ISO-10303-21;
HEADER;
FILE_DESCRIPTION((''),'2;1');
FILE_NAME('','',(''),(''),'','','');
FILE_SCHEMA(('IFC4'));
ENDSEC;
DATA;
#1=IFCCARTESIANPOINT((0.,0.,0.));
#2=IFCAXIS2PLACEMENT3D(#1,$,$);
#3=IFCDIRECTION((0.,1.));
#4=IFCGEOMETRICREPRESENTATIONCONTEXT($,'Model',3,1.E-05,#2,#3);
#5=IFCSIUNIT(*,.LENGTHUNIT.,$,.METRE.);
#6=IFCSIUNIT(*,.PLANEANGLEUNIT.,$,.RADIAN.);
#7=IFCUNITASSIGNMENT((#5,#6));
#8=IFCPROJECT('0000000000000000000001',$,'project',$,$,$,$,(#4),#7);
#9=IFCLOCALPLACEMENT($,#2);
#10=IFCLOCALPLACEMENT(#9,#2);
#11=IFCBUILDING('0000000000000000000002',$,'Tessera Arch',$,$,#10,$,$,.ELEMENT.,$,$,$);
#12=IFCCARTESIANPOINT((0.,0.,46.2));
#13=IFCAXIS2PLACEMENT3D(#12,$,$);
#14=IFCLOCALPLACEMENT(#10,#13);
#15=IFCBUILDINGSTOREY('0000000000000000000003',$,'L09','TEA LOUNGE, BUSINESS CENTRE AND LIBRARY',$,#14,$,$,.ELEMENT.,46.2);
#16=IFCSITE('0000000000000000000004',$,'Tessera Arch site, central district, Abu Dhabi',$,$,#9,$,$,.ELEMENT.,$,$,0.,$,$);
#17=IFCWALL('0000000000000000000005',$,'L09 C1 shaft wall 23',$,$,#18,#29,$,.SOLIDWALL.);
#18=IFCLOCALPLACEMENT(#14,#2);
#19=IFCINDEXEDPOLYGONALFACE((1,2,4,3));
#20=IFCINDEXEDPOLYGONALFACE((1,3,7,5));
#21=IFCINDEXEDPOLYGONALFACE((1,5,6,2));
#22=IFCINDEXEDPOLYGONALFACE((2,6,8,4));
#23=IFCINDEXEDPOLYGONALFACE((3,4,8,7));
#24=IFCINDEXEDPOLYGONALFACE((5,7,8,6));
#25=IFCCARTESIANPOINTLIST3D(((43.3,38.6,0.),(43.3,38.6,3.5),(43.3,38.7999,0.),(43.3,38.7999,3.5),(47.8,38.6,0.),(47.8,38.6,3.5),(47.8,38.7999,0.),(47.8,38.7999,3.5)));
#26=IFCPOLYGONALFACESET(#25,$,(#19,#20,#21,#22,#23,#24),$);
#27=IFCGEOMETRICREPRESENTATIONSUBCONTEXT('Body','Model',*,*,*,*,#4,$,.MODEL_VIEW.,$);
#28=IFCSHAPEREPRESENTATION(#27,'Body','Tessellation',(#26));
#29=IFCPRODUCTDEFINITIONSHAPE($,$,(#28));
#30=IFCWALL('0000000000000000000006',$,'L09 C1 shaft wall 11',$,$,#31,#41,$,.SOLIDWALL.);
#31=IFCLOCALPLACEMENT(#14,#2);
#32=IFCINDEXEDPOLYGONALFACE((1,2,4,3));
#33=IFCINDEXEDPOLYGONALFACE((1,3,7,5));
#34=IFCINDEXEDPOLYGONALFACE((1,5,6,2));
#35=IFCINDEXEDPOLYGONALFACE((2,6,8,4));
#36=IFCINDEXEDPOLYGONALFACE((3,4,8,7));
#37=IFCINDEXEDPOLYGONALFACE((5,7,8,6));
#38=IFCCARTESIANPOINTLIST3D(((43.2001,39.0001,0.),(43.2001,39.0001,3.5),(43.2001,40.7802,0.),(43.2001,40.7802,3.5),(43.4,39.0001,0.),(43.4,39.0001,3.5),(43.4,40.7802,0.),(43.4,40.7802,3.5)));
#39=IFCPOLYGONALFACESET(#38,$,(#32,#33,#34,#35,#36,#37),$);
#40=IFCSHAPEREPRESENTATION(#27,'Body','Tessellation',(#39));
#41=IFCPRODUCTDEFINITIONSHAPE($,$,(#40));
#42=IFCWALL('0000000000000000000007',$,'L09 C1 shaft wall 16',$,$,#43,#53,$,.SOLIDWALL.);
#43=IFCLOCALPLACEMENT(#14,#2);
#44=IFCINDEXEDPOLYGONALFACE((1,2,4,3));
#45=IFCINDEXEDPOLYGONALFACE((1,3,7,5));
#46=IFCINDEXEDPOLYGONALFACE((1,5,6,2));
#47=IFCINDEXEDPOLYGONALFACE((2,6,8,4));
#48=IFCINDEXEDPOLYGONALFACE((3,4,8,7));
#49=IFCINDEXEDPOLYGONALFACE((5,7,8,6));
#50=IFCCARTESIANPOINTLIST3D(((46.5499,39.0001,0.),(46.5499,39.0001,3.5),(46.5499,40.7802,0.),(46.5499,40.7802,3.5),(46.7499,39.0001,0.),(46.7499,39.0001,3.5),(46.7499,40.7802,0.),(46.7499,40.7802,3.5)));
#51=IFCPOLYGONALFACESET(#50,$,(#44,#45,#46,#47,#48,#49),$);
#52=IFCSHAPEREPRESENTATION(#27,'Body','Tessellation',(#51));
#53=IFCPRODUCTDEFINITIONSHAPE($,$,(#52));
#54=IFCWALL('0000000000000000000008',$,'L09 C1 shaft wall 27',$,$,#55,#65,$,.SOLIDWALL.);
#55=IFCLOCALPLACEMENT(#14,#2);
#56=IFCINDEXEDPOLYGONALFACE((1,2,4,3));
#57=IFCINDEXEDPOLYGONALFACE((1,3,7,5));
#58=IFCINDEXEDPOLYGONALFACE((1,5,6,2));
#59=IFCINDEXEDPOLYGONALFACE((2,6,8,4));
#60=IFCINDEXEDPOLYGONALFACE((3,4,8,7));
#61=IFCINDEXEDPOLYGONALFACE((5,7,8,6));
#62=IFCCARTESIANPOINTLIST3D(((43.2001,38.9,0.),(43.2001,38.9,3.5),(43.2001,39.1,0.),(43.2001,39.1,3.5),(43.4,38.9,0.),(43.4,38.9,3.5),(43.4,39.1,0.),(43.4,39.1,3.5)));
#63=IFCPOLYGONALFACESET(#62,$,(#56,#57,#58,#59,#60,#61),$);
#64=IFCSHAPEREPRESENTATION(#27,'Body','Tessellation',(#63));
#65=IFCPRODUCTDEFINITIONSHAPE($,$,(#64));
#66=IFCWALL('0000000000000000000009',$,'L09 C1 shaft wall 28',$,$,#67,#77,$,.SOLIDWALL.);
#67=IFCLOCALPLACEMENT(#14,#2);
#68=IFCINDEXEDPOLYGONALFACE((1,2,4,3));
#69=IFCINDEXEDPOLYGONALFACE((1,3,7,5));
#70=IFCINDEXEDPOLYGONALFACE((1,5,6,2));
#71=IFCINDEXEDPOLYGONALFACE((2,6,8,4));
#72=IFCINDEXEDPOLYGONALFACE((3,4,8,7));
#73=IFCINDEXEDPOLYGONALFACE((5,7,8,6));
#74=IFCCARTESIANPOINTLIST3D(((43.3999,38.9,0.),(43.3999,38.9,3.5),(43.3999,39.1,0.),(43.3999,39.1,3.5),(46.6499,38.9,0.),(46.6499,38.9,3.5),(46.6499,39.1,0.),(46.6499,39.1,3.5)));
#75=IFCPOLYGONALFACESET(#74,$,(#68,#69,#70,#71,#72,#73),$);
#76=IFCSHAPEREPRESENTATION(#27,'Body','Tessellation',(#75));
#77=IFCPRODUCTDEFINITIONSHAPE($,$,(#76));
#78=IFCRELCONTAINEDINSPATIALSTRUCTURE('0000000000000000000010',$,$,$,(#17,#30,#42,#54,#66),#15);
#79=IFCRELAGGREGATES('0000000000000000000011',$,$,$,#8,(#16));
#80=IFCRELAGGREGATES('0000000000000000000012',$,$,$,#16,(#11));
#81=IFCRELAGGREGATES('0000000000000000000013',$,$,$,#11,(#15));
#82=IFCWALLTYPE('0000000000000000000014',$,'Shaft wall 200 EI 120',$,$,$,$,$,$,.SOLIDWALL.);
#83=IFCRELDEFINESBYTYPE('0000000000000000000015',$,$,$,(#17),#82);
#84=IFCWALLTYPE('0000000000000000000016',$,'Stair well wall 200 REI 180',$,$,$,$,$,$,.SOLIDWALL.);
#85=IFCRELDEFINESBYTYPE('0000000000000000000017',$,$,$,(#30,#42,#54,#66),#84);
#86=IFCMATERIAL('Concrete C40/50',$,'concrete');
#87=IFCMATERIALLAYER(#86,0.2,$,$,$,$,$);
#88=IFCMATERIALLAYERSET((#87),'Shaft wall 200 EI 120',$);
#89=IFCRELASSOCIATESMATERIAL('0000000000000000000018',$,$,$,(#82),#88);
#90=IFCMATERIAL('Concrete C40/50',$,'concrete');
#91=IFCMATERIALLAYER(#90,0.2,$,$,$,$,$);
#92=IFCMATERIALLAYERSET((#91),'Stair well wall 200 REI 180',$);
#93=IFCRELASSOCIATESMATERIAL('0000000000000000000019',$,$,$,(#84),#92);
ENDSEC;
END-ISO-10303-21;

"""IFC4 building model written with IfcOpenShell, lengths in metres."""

from ifc_helpers import new_model, si_unit, direction, frame, frame_2d, origin, place, context, subcontext, project, spatial, rectangle, extrude, material, layer, layer_set, type_object, element, save


model = new_model("IFC4")

# Units and contexts
model_context = context("Model", 3, precision=1e-05, world=origin(), true_north=direction((0.0, 1.0)))
body_context = subcontext(model_context, "Body", "Model", "MODEL_VIEW")
ifc_project = project(units=[si_unit("LENGTHUNIT", "METRE"), si_unit("PLANEANGLEUNIT", "RADIAN")], contexts=[model_context])

# Site, building, storey
site_placement = place(None, origin())
site = spatial("IfcSite", under=ifc_project, at=site_placement, Name="Tessera Arch site, central district, Abu Dhabi", CompositionType="ELEMENT", RefElevation=0.0)
building_placement = place(site_placement, origin())
building = spatial("IfcBuilding", under=site, at=building_placement, Name="Tessera Arch", CompositionType="ELEMENT")
storey_placement = place(building_placement, frame((0.0, 0.0, 46.2)))
storey = spatial("IfcBuildingStorey", under=building, at=storey_placement, Name="L09", Description="TEA LOUNGE, BUSINESS CENTRE AND LIBRARY", CompositionType="ELEMENT", Elevation=46.2)

# Walls
ifc_material_1 = material(Name="Concrete C40/50", Category="concrete")
ifc_layer_1 = layer(ifc_material_1, 0.2)
ifc_layer_set_1 = layer_set([ifc_layer_1], Name="Shaft wall 200 EI 120")
wall_type_1 = type_object("IfcWallType", Name="Shaft wall 200 EI 120", PredefinedType="SOLIDWALL", material=ifc_layer_set_1)
wall_1_placement = place(storey_placement, frame((43.3, 38.7, 0.0), z_axis=(0.0, 0.0, 1.0), x_axis=(1.0, 0.0, 0.0)))
element("IfcWall", 1, at=wall_1_placement, inside=storey, type_object=wall_type_1, Name="L09 C1 shaft wall 23", PredefinedType="SOLIDWALL", context=body_context, shape_type="SweptSolid", body=[
    extrude(rectangle(XDim=4.5, YDim=0.2, at=frame_2d((2.25, 0.0))), origin(), (0.0, 0.0, 1.0), 3.5),
])
ifc_material_2 = material(Name="Concrete C40/50", Category="concrete")
ifc_layer_2 = layer(ifc_material_2, 0.2)
ifc_layer_set_2 = layer_set([ifc_layer_2], Name="Stair well wall 200 REI 180")
wall_type_2 = type_object("IfcWallType", Name="Stair well wall 200 REI 180", PredefinedType="SOLIDWALL", material=ifc_layer_set_2)
for number, where, z_axis, x_axis, name in (
    (2, (43.3, 39.0, 0.0), (0.0, 0.0, 1.0), (0.0, 1.0, 0.0), "L09 C1 shaft wall 11"),
    (3, (46.6499, 39.0, 0.0), (0.0, 0.0, 1.0), (0.0, 1.0, 0.0), "L09 C1 shaft wall 16"),
):
    element("IfcWall", number, at=place(storey_placement, frame(where, z_axis=z_axis, x_axis=x_axis)), inside=storey, type_object=wall_type_2, Name=name, PredefinedType="SOLIDWALL", context=body_context, shape_type="SweptSolid", body=[
        extrude(rectangle(XDim=1.78, YDim=0.2, at=frame_2d((0.8901, 0.0))), origin(), (0.0, 0.0, 1.0), 3.5),
    ])
wall_2_placement = place(storey_placement, frame((43.2, 39.0, 0.0), z_axis=(0.0, 0.0, 1.0), x_axis=(1.0, 0.0, 0.0)))
element("IfcWall", 4, at=wall_2_placement, inside=storey, type_object=wall_type_2, Name="L09 C1 shaft wall 27", PredefinedType="SOLIDWALL", context=body_context, shape_type="SweptSolid", body=[
    extrude(rectangle(XDim=0.2, YDim=0.2, at=frame_2d((0.1001, 0.0))), origin(), (0.0, 0.0, 1.0), 3.5),
])
wall_3_placement = place(storey_placement, frame((43.3999, 39.0, 0.0), z_axis=(0.0, 0.0, 1.0), x_axis=(1.0, 0.0, 0.0)))
element("IfcWall", 5, at=wall_3_placement, inside=storey, type_object=wall_type_2, Name="L09 C1 shaft wall 28", PredefinedType="SOLIDWALL", context=body_context, shape_type="SweptSolid", body=[
    extrude(rectangle(XDim=3.25, YDim=0.2, at=frame_2d((1.625, 0.0))), origin(), (0.0, 0.0, 1.0), 3.5),
])

save(model, "model.ifc")
